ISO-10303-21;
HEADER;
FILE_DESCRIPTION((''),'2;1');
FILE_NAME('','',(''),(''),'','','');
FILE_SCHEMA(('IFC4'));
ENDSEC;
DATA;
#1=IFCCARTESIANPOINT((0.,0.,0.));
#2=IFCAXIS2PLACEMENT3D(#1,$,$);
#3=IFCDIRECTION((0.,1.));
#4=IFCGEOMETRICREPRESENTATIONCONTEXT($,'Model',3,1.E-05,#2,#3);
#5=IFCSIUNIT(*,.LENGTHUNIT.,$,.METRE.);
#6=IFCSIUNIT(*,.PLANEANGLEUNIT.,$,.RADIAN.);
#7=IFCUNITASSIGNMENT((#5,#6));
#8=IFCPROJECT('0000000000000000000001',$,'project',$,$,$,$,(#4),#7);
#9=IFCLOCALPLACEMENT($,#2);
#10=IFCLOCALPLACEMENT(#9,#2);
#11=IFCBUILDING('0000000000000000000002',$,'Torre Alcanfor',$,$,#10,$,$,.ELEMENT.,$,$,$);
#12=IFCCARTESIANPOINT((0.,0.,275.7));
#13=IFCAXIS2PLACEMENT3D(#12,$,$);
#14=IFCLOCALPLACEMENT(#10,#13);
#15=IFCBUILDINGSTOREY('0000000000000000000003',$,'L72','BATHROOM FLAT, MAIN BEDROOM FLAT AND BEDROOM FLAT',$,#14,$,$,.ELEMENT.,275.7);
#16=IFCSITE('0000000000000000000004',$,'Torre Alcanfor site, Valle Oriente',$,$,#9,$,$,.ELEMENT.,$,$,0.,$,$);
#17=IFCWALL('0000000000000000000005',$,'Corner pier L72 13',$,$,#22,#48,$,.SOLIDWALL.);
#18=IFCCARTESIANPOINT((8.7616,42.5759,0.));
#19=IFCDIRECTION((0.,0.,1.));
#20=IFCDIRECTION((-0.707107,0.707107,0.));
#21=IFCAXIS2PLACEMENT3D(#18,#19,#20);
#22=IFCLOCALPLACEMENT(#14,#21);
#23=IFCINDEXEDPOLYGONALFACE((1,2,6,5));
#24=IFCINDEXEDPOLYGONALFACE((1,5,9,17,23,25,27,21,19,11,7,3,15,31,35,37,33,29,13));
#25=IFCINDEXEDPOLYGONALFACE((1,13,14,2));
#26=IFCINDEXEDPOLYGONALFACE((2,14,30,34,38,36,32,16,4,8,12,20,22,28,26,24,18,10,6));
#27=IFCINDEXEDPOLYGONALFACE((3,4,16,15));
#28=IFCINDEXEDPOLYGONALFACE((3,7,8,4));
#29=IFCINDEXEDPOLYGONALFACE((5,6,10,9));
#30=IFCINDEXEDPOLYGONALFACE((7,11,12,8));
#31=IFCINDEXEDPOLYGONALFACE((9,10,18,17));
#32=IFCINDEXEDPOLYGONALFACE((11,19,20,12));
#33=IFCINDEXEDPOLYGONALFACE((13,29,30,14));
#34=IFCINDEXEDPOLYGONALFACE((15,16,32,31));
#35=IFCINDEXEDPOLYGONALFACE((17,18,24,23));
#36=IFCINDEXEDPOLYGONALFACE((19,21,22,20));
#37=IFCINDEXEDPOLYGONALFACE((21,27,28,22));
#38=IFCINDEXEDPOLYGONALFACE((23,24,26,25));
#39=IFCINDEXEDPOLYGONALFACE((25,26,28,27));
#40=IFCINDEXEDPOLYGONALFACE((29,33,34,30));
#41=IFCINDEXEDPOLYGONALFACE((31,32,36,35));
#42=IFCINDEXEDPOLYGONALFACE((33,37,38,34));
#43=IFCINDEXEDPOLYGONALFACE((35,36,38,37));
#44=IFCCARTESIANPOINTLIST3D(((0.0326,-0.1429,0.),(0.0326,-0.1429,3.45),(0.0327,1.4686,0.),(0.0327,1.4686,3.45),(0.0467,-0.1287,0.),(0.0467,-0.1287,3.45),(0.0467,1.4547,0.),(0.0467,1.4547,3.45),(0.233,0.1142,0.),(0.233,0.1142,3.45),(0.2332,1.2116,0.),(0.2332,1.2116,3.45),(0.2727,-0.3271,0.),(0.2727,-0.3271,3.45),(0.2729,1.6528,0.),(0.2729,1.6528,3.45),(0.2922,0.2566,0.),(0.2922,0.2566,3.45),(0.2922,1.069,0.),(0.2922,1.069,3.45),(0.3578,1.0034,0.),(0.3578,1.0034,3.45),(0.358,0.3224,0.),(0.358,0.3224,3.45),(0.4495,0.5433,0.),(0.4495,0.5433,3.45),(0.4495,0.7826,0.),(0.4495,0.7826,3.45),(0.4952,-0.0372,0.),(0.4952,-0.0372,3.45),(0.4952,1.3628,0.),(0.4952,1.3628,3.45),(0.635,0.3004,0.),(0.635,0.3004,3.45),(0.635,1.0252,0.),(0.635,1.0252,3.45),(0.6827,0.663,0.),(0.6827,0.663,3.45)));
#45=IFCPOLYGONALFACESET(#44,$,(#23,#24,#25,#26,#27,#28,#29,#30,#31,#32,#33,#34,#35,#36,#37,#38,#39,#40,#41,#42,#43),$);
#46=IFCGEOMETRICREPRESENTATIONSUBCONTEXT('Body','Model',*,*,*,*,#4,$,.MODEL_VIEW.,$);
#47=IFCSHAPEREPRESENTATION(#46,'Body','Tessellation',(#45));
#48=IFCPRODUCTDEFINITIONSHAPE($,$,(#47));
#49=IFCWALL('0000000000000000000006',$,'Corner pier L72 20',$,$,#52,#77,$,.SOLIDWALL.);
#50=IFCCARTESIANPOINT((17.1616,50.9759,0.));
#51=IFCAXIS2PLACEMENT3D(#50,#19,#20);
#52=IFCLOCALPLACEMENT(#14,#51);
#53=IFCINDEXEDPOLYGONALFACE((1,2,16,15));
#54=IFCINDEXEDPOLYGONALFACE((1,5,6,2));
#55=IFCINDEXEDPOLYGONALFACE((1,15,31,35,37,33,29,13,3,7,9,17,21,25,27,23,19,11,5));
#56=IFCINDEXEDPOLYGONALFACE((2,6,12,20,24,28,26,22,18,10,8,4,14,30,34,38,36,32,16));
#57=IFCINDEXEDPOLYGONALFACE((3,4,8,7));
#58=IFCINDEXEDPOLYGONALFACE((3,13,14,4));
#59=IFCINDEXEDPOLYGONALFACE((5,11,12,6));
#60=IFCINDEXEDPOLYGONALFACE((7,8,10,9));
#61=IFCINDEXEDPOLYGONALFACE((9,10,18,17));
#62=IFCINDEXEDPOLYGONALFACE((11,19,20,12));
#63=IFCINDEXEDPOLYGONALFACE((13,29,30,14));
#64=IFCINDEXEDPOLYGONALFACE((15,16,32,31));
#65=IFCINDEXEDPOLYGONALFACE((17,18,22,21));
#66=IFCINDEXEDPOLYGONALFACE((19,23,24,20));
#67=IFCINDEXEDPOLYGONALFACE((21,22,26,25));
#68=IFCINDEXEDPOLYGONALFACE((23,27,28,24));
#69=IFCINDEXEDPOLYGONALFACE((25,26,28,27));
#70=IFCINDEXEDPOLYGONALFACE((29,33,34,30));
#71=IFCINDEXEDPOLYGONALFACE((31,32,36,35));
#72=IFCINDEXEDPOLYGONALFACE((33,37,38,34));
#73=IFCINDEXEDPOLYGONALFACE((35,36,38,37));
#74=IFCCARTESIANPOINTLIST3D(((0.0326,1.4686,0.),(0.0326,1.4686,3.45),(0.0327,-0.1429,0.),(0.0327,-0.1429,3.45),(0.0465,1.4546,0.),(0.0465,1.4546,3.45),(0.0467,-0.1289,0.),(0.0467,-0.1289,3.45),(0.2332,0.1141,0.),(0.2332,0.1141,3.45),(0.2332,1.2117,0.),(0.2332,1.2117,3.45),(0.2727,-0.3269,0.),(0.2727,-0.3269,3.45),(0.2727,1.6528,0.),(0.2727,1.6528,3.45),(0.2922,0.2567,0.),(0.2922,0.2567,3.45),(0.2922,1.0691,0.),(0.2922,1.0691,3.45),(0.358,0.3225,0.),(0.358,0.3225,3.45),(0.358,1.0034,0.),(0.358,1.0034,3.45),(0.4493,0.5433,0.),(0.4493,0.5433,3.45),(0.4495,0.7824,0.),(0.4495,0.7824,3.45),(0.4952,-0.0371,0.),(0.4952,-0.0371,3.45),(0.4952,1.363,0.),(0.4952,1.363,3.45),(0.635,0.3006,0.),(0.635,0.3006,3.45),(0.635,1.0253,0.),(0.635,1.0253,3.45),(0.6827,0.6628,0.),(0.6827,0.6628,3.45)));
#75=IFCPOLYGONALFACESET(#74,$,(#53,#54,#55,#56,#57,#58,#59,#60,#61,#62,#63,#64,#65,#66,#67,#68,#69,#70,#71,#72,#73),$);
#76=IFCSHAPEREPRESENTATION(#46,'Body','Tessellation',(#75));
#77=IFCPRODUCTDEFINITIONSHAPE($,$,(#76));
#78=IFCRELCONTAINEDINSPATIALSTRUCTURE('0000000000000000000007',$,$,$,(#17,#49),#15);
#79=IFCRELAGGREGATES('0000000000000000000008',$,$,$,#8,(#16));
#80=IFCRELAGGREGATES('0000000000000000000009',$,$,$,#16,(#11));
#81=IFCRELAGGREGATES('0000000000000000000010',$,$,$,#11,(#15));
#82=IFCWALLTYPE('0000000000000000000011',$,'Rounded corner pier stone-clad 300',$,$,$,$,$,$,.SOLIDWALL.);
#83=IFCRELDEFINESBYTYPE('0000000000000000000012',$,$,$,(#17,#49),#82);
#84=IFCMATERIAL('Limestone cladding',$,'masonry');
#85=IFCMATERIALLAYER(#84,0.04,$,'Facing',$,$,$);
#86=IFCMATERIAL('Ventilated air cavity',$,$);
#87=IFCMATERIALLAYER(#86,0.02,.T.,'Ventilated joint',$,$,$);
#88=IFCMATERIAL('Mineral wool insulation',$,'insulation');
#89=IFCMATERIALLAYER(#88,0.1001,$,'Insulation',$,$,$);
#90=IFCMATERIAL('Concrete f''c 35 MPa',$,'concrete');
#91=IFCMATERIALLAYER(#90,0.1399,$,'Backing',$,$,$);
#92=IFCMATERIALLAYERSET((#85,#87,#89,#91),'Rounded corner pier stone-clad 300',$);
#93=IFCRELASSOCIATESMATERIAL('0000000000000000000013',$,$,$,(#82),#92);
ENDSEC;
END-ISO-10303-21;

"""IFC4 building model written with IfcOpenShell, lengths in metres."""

from ifc_helpers import new_model, si_unit, direction, frame, origin, place, context, subcontext, project, spatial, polyline, outline, extrude, material, layer, layer_set, type_object, element, save


model = new_model("IFC4")

# Units and contexts
model_context = context("Model", 3, precision=1e-05, world=origin(), true_north=direction((0.0, 1.0)))
body_context = subcontext(model_context, "Body", "Model", "MODEL_VIEW")
ifc_project = project(units=[si_unit("LENGTHUNIT", "METRE"), si_unit("PLANEANGLEUNIT", "RADIAN")], contexts=[model_context])

# Site, building, storey
site_placement = place(None, origin())
site = spatial("IfcSite", under=ifc_project, at=site_placement, Name="Torre Alcanfor site, Valle Oriente", CompositionType="ELEMENT", RefElevation=0.0)
building_placement = place(site_placement, origin())
building = spatial("IfcBuilding", under=site, at=building_placement, Name="Torre Alcanfor", CompositionType="ELEMENT")
storey_placement = place(building_placement, frame((0.0, 0.0, 275.7)))
storey = spatial("IfcBuildingStorey", under=building, at=storey_placement, Name="L72", Description="BATHROOM FLAT, MAIN BEDROOM FLAT AND BEDROOM FLAT", CompositionType="ELEMENT", Elevation=275.7)

# Shared definitions
ifc_material_1 = material(Name="Limestone cladding", Category="masonry")
ifc_material_2 = material(Name="Ventilated air cavity")
ifc_material_3 = material(Name="Mineral wool insulation", Category="insulation")
ifc_material_4 = material(Name="Concrete f'c 35 MPa", Category="concrete")

# Walls
ifc_layer_1 = layer(ifc_material_1, 0.04, Name="Facing")
ifc_layer_2 = layer(ifc_material_2, 0.02, ventilated=True, Name="Ventilated joint")
ifc_layer_3 = layer(ifc_material_3, 0.1001, Name="Insulation")
ifc_layer_4 = layer(ifc_material_4, 0.1399, Name="Backing")
ifc_layer_set_1 = layer_set([ifc_layer_1, ifc_layer_2, ifc_layer_3, ifc_layer_4], Name="Rounded corner pier stone-clad 300")
wall_type_1 = type_object("IfcWallType", Name="Rounded corner pier stone-clad 300", PredefinedType="SOLIDWALL", material=ifc_layer_set_1)
wall_1_placement = place(storey_placement, frame((8.7616, 42.5759, 0.0), z_axis=(0.0, 0.0, 1.0), x_axis=(-0.707107, 0.707107, 0.0)))
element("IfcWall", 1, at=wall_1_placement, inside=storey, type_object=wall_type_1, Name="Corner pier L72 13", PredefinedType="SOLIDWALL", context=body_context, shape_type="SweptSolid", body=[
    extrude(outline(polyline([(0.233, 0.1142), (0.0467, -0.1287), (0.0326, -0.1429), (0.2727, -0.3271), (0.4952, -0.0372), (0.635, 0.3004), (0.6827, 0.663), (0.635, 1.0252), (0.4952, 1.3628), (0.2729, 1.6528), (0.0327, 1.4686), (0.0467, 1.4547), (0.2332, 1.2116), (0.2922, 1.069), (0.3578, 1.0034), (0.4495, 0.7826), (0.4495, 0.5433), (0.358, 0.3224), (0.2922, 0.2566), (0.233, 0.1142)])), origin(), (0.0, 0.0, 1.0), 3.45),
])
wall_2_placement = place(storey_placement, frame((17.1616, 50.9759, 0.0), z_axis=(0.0, 0.0, 1.0), x_axis=(-0.707107, 0.707107, 0.0)))
element("IfcWall", 2, at=wall_2_placement, inside=storey, type_object=wall_type_1, Name="Corner pier L72 20", PredefinedType="SOLIDWALL", context=body_context, shape_type="SweptSolid", body=[
    extrude(outline(polyline([(0.0467, -0.1289), (0.0327, -0.1429), (0.2727, -0.3269), (0.4952, -0.0371), (0.635, 0.3006), (0.6827, 0.6628), (0.635, 1.0253), (0.4952, 1.363), (0.2727, 1.6528), (0.0326, 1.4686), (0.0465, 1.4546), (0.2332, 1.2117), (0.2922, 1.0691), (0.358, 1.0034), (0.4495, 0.7824), (0.4493, 0.5433), (0.358, 0.3225), (0.2922, 0.2567), (0.2332, 0.1141), (0.0467, -0.1289)])), origin(), (0.0, 0.0, 1.0), 3.45),
])

save(model, "model.ifc")
